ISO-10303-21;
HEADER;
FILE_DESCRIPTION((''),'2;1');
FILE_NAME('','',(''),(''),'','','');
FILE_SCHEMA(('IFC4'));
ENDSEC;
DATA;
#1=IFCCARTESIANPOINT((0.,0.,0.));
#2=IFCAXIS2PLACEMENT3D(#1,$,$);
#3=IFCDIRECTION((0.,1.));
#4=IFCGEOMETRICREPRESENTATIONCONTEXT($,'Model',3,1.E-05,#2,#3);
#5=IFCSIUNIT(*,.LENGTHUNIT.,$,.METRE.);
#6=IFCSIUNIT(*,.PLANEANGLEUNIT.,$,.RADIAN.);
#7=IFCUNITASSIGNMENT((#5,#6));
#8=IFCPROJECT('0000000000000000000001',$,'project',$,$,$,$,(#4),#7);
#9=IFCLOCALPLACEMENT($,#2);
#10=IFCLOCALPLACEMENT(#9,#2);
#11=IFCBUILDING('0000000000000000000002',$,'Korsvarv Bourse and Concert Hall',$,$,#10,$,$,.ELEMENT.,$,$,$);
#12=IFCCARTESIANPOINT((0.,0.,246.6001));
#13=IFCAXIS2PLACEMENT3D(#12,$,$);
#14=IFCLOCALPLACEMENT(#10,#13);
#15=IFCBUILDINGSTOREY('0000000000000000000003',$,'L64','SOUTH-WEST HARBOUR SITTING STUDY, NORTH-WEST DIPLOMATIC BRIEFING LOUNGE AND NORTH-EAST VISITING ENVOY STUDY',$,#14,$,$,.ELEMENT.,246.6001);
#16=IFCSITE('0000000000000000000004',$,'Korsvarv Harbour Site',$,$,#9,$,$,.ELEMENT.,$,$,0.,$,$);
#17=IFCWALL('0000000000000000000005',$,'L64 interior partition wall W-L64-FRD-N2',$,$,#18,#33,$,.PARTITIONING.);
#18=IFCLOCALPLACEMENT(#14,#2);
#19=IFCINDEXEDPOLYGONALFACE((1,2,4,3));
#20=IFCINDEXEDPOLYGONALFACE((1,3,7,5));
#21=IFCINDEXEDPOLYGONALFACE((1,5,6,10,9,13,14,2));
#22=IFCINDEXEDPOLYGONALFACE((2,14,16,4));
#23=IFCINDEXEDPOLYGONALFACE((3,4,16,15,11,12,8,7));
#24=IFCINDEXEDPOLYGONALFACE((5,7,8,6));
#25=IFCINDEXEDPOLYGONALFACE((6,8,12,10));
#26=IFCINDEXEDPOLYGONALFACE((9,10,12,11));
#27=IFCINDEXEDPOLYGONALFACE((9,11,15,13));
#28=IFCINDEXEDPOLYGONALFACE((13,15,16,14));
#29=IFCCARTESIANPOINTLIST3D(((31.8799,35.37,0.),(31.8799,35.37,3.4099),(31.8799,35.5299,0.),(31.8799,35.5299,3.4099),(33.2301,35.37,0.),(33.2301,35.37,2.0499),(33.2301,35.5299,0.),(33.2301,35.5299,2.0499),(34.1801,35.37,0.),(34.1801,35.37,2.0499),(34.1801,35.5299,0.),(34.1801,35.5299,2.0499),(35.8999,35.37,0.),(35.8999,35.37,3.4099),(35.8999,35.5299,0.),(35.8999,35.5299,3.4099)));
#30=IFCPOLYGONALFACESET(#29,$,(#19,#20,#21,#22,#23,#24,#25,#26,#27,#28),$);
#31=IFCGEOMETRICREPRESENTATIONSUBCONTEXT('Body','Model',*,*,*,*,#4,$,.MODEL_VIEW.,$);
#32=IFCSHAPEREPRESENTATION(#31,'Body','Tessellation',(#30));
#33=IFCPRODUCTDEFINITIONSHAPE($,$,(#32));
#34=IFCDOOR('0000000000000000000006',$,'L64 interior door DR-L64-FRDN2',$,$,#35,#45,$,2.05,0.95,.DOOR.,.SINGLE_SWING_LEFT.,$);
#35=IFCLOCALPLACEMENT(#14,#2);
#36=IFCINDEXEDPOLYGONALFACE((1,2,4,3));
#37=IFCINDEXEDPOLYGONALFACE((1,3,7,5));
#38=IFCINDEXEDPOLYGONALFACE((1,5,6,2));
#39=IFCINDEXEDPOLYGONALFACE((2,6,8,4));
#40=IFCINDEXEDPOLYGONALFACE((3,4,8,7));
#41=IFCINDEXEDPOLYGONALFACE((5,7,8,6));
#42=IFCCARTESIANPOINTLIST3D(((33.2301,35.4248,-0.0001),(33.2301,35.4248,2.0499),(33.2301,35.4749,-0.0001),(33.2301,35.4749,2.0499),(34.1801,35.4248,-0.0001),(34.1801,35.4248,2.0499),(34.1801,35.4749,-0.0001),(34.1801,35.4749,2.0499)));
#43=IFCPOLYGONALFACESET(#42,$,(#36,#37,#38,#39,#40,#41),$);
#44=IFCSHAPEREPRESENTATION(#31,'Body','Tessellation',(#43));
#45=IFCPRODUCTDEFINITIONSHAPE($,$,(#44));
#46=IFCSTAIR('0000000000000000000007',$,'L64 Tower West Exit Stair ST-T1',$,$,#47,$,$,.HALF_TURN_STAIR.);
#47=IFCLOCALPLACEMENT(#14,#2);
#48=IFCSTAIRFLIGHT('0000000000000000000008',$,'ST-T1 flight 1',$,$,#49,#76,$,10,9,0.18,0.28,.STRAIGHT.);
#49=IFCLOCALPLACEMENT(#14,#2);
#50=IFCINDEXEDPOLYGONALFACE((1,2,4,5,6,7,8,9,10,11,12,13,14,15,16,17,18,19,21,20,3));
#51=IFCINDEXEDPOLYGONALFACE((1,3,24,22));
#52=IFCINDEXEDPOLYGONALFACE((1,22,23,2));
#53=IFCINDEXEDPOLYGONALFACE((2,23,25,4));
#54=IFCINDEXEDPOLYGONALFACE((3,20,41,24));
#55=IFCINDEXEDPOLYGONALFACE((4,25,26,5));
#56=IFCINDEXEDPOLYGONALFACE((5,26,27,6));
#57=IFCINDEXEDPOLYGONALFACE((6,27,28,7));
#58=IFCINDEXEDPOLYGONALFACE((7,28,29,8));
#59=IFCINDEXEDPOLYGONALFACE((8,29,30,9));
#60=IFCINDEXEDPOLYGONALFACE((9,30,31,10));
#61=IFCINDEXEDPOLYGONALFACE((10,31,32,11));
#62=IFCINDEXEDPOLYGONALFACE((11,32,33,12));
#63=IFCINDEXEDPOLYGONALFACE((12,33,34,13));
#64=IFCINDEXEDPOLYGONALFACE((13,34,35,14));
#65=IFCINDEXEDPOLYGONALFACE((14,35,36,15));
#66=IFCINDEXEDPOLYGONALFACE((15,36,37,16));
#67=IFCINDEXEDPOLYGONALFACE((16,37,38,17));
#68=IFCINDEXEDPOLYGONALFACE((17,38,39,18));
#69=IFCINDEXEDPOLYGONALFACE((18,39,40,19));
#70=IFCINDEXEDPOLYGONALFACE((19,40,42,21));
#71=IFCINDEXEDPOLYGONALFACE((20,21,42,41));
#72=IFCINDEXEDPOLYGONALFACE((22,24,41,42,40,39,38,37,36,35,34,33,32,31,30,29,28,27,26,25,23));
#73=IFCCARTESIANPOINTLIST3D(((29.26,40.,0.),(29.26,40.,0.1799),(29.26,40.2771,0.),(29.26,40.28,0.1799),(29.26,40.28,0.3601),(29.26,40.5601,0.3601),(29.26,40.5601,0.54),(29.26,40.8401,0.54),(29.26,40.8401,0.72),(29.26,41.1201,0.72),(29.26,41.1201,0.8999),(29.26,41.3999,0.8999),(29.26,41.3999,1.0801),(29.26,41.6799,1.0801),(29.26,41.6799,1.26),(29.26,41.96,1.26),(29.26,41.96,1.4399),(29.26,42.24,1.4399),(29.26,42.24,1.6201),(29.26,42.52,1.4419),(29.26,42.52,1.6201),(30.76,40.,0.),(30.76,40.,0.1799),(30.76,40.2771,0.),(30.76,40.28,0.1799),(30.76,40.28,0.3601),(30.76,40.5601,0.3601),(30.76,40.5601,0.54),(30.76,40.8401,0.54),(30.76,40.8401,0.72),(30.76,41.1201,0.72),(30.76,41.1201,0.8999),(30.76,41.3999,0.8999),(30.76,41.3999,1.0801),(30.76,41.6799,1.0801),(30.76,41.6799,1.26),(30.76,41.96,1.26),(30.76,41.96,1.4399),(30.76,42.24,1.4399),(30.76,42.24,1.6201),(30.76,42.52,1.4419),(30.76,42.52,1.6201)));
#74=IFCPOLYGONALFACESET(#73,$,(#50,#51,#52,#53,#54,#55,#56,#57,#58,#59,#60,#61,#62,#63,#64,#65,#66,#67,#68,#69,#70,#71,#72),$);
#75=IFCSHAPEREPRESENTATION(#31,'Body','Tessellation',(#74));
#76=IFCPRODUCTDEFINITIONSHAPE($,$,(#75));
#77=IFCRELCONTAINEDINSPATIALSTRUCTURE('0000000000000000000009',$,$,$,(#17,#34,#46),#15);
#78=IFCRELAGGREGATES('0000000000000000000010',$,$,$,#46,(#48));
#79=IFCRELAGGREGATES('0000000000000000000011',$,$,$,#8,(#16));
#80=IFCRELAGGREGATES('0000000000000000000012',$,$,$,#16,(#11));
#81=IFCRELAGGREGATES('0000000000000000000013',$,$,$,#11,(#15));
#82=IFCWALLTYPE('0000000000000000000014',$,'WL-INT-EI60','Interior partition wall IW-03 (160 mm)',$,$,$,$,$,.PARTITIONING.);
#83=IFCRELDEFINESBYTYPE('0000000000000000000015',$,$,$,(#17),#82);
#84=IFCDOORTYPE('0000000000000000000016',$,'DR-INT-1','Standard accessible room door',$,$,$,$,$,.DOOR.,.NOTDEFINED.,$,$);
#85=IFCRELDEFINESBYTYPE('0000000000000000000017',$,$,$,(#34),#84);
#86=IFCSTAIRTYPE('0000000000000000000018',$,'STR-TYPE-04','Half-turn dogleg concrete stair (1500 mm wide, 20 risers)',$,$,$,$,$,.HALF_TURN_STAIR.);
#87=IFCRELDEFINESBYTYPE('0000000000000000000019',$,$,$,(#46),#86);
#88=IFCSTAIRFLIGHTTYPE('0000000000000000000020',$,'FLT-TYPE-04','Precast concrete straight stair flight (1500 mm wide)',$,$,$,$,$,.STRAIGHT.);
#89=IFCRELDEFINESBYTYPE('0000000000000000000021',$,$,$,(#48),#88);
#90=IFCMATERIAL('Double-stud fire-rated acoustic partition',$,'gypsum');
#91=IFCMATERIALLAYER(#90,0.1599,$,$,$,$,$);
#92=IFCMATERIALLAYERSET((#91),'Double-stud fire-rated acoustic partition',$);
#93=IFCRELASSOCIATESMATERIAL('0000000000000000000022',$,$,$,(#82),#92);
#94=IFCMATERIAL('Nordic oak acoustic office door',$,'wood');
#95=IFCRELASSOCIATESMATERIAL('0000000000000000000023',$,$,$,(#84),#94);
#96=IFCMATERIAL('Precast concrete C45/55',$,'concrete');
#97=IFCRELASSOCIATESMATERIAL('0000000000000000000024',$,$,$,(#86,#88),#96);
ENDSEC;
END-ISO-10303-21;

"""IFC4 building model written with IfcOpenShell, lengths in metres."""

from ifc_helpers import new_model, si_unit, direction, frame, frame_2d, origin, place, context, subcontext, project, spatial, polyline, rectangle, outline, extrude, material, layer, layer_set, type_object, element, fill, aggregate, save


model = new_model("IFC4")

# Units and contexts
model_context = context("Model", 3, precision=1e-05, world=origin(), true_north=direction((0.0, 1.0)))
body_context = subcontext(model_context, "Body", "Model", "MODEL_VIEW")
ifc_project = project(units=[si_unit("LENGTHUNIT", "METRE"), si_unit("PLANEANGLEUNIT", "RADIAN")], contexts=[model_context])

# Site, building, storey
site_placement = place(None, origin())
site = spatial("IfcSite", under=ifc_project, at=site_placement, Name="Korsvarv Harbour Site", CompositionType="ELEMENT", RefElevation=0.0)
building_placement = place(site_placement, origin())
building = spatial("IfcBuilding", under=site, at=building_placement, Name="Korsvarv Bourse and Concert Hall", CompositionType="ELEMENT")
storey_placement = place(building_placement, frame((0.0, 0.0, 246.6001)))
storey = spatial("IfcBuildingStorey", under=building, at=storey_placement, Name="L64", Description="SOUTH-WEST HARBOUR SITTING STUDY, NORTH-WEST DIPLOMATIC BRIEFING LOUNGE AND NORTH-EAST VISITING ENVOY STUDY", CompositionType="ELEMENT", Elevation=246.6001)

# Shared definitions
ifc_material_1 = material(Name="Double-stud fire-rated acoustic partition", Category="gypsum")
ifc_layer_1 = layer(ifc_material_1, 0.1599)
ifc_layer_set_1 = layer_set([ifc_layer_1], Name="Double-stud fire-rated acoustic partition")
wall_type_1 = type_object("IfcWallType", Name="WL-INT-EI60", Description="Interior partition wall IW-03 (160 mm)", PredefinedType="PARTITIONING", material=ifc_layer_set_1)

# Wall, opening, door
wall_1_placement = place(storey_placement, frame((31.8799, 35.45, 0.0), z_axis=(0.0, 0.0, 1.0), x_axis=(1.0, 0.0, 0.0)))
wall_1 = element("IfcWall", 1, at=wall_1_placement, inside=storey, type_object=wall_type_1, Name="L64 interior partition wall W-L64-FRD-N2", PredefinedType="PARTITIONING", context=body_context, shape_type="SweptSolid", body=[
    extrude(rectangle(XDim=4.02, YDim=0.1599, at=frame_2d((2.01, 0.0))), origin(), (0.0, 0.0, 1.0), 3.4099),
])
opening_1_placement = place(wall_1_placement, frame((1.3501, 0.0, 0.0)))
opening_1 = element("IfcOpeningElement", 2, at=opening_1_placement, cuts=wall_1, PredefinedType="OPENING", context=body_context, shape_type="SweptSolid", body=[
    extrude(rectangle(XDim=0.95, YDim=2.05, at=frame_2d((0.4751, 1.0249))), frame((0.0, 0.0898, 0.0), z_axis=(0.0, -1.0, 0.0), x_axis=(1.0, 0.0, 0.0)), (0.0, 0.0, 1.0), 0.1799),
])
ifc_material_2 = material(Name="Nordic oak acoustic office door", Category="wood")
door_type_1 = type_object("IfcDoorType", Name="DR-INT-1", Description="Standard accessible room door", OperationType="NOTDEFINED", PredefinedType="DOOR", material=ifc_material_2)
door_1_placement = place(opening_1_placement, origin())
door_1 = element("IfcDoor", 3, at=door_1_placement, inside=storey, type_object=door_type_1, Name="L64 interior door DR-L64-FRDN2", OperationType="SINGLE_SWING_LEFT", OverallHeight=2.05, OverallWidth=0.95, PredefinedType="DOOR", context=body_context, shape_type="SweptSolid", body=[
    extrude(rectangle(XDim=0.95, YDim=2.05, at=frame_2d((0.4751, 1.0249))), frame((0.0, 0.0249, 0.0), z_axis=(0.0, -1.0, 0.0), x_axis=(1.0, 0.0, 0.0)), (0.0, 0.0, 1.0), 0.05),
])
fill(opening_1, door_1)

# Stair, stair flight
ifc_material_3 = material(Name="Precast concrete C45/55", Category="concrete")
stair_type = type_object("IfcStairType", Name="STR-TYPE-04", Description="Half-turn dogleg concrete stair (1500 mm wide, 20 risers)", PredefinedType="HALF_TURN_STAIR", material=ifc_material_3)
stair_placement = place(storey_placement, origin())
stair = element("IfcStair", 4, at=stair_placement, inside=storey, type_object=stair_type, Name="L64 Tower West Exit Stair ST-T1", PredefinedType="HALF_TURN_STAIR")
stair_flight_type = type_object("IfcStairFlightType", Name="FLT-TYPE-04", Description="Precast concrete straight stair flight (1500 mm wide)", PredefinedType="STRAIGHT", material=ifc_material_3)
stair_flight_placement = place(storey_placement, frame((30.01, 40.0, 0.0), z_axis=(0.0, 0.0, 1.0), x_axis=(0.0, 1.0, 0.0)))
stair_flight = element("IfcStairFlight", 5, at=stair_flight_placement, type_object=stair_flight_type, Name="ST-T1 flight 1", NumberOfRisers=10, NumberOfTreads=9, PredefinedType="STRAIGHT", RiserHeight=0.18, TreadLength=0.28, context=body_context, shape_type="SweptSolid", body=[
    extrude(outline(polyline([(0.0, 0.0), (0.0, 0.1799), (0.28, 0.1799), (0.28, 0.3601), (0.5601, 0.3601), (0.5601, 0.54), (0.8401, 0.54), (0.8401, 0.72), (1.1201, 0.72), (1.1201, 0.8999), (1.3999, 0.8999), (1.3999, 1.0801), (1.6799, 1.0801), (1.6799, 1.26), (1.96, 1.26), (1.96, 1.4399), (2.24, 1.4399), (2.24, 1.6201), (2.52, 1.6201), (2.52, 1.8), (2.52, 1.4419), (0.2771, 0.0), (0.0, 0.0)])), frame((0.0, 0.75, 0.0), z_axis=(0.0, -1.0, 0.0), x_axis=(1.0, 0.0, 0.0)), (0.0, 0.0, 1.0), 1.5),
])
aggregate(stair, [stair_flight])

save(model, "model.ifc")
